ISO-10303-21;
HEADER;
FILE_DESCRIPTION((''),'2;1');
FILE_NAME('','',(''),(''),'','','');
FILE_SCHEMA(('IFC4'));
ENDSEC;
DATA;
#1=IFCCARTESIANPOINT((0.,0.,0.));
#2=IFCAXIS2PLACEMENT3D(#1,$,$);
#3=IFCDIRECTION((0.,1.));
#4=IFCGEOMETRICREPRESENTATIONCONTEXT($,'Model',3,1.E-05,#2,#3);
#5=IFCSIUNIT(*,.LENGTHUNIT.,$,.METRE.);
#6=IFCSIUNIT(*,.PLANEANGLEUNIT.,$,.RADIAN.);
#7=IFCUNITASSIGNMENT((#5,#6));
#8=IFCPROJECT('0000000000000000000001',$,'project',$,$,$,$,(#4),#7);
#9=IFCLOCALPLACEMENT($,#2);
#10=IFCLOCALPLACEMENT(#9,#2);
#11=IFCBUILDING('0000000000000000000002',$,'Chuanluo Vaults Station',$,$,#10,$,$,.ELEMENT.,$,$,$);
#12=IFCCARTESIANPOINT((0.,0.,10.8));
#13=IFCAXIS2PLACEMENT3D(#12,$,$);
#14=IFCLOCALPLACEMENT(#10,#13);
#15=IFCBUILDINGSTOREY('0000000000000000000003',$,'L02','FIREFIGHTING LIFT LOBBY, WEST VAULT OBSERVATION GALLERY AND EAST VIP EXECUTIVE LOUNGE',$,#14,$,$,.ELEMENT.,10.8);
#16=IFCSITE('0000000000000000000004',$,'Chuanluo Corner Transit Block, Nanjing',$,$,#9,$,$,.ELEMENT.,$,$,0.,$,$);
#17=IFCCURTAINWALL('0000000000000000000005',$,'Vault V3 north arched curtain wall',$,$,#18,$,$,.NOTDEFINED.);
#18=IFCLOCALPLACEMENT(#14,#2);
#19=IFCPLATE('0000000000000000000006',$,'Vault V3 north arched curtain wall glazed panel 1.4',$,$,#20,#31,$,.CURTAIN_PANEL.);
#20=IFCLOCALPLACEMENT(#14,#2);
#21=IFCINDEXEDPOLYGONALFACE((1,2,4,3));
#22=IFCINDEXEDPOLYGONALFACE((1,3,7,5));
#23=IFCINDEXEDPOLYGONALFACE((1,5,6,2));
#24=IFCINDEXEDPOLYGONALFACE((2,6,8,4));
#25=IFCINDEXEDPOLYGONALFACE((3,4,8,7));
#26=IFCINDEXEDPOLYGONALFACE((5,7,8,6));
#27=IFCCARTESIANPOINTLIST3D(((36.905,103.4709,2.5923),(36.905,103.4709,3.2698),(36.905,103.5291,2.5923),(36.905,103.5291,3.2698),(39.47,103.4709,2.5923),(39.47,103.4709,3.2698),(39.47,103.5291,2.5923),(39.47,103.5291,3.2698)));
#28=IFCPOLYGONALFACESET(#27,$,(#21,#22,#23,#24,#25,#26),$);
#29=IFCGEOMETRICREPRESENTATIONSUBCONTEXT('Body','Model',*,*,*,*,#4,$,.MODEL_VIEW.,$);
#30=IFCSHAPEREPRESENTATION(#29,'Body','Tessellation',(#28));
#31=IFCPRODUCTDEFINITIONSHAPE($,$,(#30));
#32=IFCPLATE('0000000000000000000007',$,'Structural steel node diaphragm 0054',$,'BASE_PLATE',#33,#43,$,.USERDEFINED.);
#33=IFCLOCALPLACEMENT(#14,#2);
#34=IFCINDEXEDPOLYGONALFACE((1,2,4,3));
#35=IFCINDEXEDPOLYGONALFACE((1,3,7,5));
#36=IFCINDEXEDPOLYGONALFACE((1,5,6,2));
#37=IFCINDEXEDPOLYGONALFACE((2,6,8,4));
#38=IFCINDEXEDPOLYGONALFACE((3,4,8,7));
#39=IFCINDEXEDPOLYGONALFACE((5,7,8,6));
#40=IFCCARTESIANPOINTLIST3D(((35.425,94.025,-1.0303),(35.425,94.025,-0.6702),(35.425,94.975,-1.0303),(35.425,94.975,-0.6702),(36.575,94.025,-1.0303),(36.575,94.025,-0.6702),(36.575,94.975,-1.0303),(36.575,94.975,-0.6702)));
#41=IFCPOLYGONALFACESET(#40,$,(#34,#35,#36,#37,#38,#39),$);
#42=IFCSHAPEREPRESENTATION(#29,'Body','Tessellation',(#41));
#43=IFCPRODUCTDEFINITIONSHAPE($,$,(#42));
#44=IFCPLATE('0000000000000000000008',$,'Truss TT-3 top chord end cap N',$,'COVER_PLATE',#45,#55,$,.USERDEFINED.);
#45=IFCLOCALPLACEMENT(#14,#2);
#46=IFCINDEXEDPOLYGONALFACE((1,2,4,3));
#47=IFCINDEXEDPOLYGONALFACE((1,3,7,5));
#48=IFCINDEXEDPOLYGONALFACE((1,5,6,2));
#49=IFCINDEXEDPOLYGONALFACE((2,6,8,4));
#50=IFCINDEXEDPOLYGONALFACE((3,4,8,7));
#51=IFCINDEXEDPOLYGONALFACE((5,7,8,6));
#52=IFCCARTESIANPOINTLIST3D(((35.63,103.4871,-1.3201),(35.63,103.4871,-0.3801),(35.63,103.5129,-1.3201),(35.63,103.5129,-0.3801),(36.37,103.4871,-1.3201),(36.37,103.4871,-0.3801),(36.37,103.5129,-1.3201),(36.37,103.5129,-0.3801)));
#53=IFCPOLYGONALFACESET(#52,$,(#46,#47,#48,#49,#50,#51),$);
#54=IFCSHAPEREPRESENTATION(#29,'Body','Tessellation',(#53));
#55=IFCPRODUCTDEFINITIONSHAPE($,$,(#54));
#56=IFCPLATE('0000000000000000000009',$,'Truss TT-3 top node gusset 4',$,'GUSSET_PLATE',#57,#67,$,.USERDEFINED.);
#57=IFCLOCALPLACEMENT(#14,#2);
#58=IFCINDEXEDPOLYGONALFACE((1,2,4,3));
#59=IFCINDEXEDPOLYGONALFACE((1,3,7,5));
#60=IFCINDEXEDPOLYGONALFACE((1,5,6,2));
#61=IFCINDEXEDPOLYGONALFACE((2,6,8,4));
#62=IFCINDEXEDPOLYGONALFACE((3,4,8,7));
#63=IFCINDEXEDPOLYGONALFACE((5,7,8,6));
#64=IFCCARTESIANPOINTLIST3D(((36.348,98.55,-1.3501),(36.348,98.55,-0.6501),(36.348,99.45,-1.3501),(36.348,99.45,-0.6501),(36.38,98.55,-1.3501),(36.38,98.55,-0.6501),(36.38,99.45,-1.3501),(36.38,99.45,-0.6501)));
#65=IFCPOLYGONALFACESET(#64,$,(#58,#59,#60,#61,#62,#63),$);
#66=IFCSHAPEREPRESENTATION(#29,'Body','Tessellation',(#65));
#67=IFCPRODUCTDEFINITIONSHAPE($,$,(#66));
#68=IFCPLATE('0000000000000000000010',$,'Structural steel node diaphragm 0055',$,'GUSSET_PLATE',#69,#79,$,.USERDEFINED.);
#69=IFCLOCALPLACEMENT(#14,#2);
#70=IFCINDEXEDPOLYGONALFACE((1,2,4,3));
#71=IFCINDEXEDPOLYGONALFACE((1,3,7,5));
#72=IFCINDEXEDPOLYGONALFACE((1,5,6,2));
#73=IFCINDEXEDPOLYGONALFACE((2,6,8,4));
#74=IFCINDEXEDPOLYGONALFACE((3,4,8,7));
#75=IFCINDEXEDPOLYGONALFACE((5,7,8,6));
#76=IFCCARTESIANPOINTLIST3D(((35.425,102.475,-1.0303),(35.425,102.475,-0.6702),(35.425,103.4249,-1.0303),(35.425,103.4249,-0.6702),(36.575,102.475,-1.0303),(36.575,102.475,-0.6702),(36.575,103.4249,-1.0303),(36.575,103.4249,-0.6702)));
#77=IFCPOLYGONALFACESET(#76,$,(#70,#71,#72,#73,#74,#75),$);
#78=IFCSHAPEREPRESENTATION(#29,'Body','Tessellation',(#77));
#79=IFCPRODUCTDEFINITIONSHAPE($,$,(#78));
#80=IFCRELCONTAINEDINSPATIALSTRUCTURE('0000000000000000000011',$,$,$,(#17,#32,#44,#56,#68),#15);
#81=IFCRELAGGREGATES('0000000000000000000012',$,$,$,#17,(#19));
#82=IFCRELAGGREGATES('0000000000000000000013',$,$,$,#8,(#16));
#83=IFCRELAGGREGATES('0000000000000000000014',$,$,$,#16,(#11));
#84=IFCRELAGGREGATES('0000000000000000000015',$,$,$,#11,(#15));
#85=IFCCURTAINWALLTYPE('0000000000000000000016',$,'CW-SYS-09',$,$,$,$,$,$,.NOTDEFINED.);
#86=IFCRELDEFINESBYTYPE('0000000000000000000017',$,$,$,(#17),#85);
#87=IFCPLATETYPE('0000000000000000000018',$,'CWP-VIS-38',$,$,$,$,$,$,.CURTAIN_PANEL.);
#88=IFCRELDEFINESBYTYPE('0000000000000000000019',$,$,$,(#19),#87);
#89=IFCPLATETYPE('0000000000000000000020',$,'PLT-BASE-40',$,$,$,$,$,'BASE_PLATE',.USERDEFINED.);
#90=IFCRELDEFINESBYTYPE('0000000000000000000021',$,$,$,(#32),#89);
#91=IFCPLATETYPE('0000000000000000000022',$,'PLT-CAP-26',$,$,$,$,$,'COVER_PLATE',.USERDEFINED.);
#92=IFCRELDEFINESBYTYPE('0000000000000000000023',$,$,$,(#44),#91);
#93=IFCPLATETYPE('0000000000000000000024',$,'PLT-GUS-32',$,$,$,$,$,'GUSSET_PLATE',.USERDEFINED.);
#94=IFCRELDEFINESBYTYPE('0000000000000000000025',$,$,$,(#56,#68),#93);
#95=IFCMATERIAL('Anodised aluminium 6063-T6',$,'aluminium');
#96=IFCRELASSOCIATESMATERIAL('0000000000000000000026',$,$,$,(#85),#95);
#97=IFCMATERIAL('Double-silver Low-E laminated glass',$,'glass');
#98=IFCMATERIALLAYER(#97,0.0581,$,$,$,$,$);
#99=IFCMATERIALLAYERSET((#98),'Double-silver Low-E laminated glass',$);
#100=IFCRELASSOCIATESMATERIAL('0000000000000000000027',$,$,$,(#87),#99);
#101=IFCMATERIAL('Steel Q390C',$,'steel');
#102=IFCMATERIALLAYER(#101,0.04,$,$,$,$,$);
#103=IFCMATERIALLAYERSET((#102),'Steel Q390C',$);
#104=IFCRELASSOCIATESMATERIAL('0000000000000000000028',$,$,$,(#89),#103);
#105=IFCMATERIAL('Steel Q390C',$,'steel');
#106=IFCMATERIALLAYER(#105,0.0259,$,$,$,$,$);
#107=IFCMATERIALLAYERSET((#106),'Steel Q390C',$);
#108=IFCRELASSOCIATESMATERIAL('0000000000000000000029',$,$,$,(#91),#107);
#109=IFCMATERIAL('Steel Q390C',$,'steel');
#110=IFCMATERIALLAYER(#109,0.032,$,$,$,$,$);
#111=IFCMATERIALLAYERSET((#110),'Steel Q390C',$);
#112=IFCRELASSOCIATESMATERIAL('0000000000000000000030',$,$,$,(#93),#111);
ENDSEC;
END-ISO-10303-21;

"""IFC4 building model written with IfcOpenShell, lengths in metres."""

from ifc_helpers import new_model, si_unit, direction, frame, origin, origin_2d, place, context, subcontext, project, spatial, rectangle, extrude, material, layer, layer_set, type_object, element, aggregate, save


model = new_model("IFC4")

# Units and contexts
model_context = context("Model", 3, precision=1e-05, world=origin(), true_north=direction((0.0, 1.0)))
body_context = subcontext(model_context, "Body", "Model", "MODEL_VIEW")
ifc_project = project(units=[si_unit("LENGTHUNIT", "METRE"), si_unit("PLANEANGLEUNIT", "RADIAN")], contexts=[model_context])

# Site, building, storey
site_placement = place(None, origin())
site = spatial("IfcSite", under=ifc_project, at=site_placement, Name="Chuanluo Corner Transit Block, Nanjing", CompositionType="ELEMENT", RefElevation=0.0)
building_placement = place(site_placement, origin())
building = spatial("IfcBuilding", under=site, at=building_placement, Name="Chuanluo Vaults Station", CompositionType="ELEMENT")
storey_placement = place(building_placement, frame((0.0, 0.0, 10.8)))
storey = spatial("IfcBuildingStorey", under=building, at=storey_placement, Name="L02", Description="FIREFIGHTING LIFT LOBBY, WEST VAULT OBSERVATION GALLERY AND EAST VIP EXECUTIVE LOUNGE", CompositionType="ELEMENT", Elevation=10.8)

# Curtain wall
ifc_material_1 = material(Name="Anodised aluminium 6063-T6", Category="aluminium")
curtain_wall_type_1 = type_object("IfcCurtainWallType", Name="CW-SYS-09", PredefinedType="NOTDEFINED", material=ifc_material_1)
curtain_wall_1_placement = place(storey_placement, origin())
curtain_wall_1 = element("IfcCurtainWall", 1, at=curtain_wall_1_placement, inside=storey, type_object=curtain_wall_type_1, Name="Vault V3 north arched curtain wall", PredefinedType="NOTDEFINED")

# Plate
ifc_material_2 = material(Name="Double-silver Low-E laminated glass", Category="glass")
ifc_layer_1 = layer(ifc_material_2, 0.0581)
ifc_layer_set_1 = layer_set([ifc_layer_1], Name="Double-silver Low-E laminated glass")
plate_type_1 = type_object("IfcPlateType", Name="CWP-VIS-38", PredefinedType="CURTAIN_PANEL", material=ifc_layer_set_1)
plate_1_placement = place(storey_placement, frame((38.1875, 103.5, 2.5923), z_axis=(0.0, 0.0, 1.0), x_axis=(1.0, 0.0, 0.0)))
plate_1 = element("IfcPlate", 2, at=plate_1_placement, type_object=plate_type_1, Name="Vault V3 north arched curtain wall glazed panel 1.4", PredefinedType="CURTAIN_PANEL", context=body_context, shape_type="SweptSolid", body=[
    extrude(rectangle(XDim=2.5649, YDim=0.0581, at=origin_2d()), origin(), (0.0, 0.0, 1.0), 0.6775),
])
aggregate(curtain_wall_1, [plate_1])

# Plates
ifc_material_3 = material(Name="Steel Q390C", Category="steel")
ifc_layer_2 = layer(ifc_material_3, 0.04)
ifc_layer_set_2 = layer_set([ifc_layer_2], Name="Steel Q390C")
plate_type_2 = type_object("IfcPlateType", Name="PLT-BASE-40", ElementType="BASE_PLATE", PredefinedType="USERDEFINED", material=ifc_layer_set_2)
plate_2_placement = place(storey_placement, frame((36.0, 94.5, -1.0303), z_axis=(0.0, 0.0, 1.0), x_axis=(1.0, 0.0, 0.0)))
element("IfcPlate", 3, at=plate_2_placement, inside=storey, type_object=plate_type_2, Name="Structural steel node diaphragm 0054", ObjectType="BASE_PLATE", PredefinedType="USERDEFINED", context=body_context, shape_type="SweptSolid", body=[
    extrude(rectangle(XDim=1.1499, YDim=0.95, at=origin_2d()), origin(), (0.0, 0.0, 1.0), 0.3601),
])
ifc_material_4 = material(Name="Steel Q390C", Category="steel")
ifc_layer_3 = layer(ifc_material_4, 0.0259)
ifc_layer_set_3 = layer_set([ifc_layer_3], Name="Steel Q390C")
plate_type_3 = type_object("IfcPlateType", Name="PLT-CAP-26", ElementType="COVER_PLATE", PredefinedType="USERDEFINED", material=ifc_layer_set_3)
plate_3_placement = place(storey_placement, frame((36.0, 103.5, -1.3201), z_axis=(0.0, 0.0, 1.0), x_axis=(1.0, 0.0, 0.0)))
element("IfcPlate", 4, at=plate_3_placement, inside=storey, type_object=plate_type_3, Name="Truss TT-3 top chord end cap N", ObjectType="COVER_PLATE", PredefinedType="USERDEFINED", context=body_context, shape_type="SweptSolid", body=[
    extrude(rectangle(XDim=0.74, YDim=0.0259, at=origin_2d()), origin(), (0.0, 0.0, 1.0), 0.9399),
])
ifc_material_5 = material(Name="Steel Q390C", Category="steel")
ifc_layer_4 = layer(ifc_material_5, 0.032)
ifc_layer_set_4 = layer_set([ifc_layer_4], Name="Steel Q390C")
plate_type_4 = type_object("IfcPlateType", Name="PLT-GUS-32", ElementType="GUSSET_PLATE", PredefinedType="USERDEFINED", material=ifc_layer_set_4)
plate_4_placement = place(storey_placement, frame((36.364, 99.0, -1.3501), z_axis=(0.0, 0.0, 1.0), x_axis=(1.0, 0.0, 0.0)))
element("IfcPlate", 5, at=plate_4_placement, inside=storey, type_object=plate_type_4, Name="Truss TT-3 top node gusset 4", ObjectType="GUSSET_PLATE", PredefinedType="USERDEFINED", context=body_context, shape_type="SweptSolid", body=[
    extrude(rectangle(XDim=0.032, YDim=0.8999, at=origin_2d()), origin(), (0.0, 0.0, 1.0), 0.7),
])
plate_5_placement = place(storey_placement, frame((36.0, 102.95, -1.0303), z_axis=(0.0, 0.0, 1.0), x_axis=(1.0, 0.0, 0.0)))
element("IfcPlate", 6, at=plate_5_placement, inside=storey, type_object=plate_type_4, Name="Structural steel node diaphragm 0055", ObjectType="GUSSET_PLATE", PredefinedType="USERDEFINED", context=body_context, shape_type="SweptSolid", body=[
    extrude(rectangle(XDim=1.1499, YDim=0.95, at=origin_2d()), origin(), (0.0, 0.0, 1.0), 0.3601),
])

save(model, "model.ifc")
